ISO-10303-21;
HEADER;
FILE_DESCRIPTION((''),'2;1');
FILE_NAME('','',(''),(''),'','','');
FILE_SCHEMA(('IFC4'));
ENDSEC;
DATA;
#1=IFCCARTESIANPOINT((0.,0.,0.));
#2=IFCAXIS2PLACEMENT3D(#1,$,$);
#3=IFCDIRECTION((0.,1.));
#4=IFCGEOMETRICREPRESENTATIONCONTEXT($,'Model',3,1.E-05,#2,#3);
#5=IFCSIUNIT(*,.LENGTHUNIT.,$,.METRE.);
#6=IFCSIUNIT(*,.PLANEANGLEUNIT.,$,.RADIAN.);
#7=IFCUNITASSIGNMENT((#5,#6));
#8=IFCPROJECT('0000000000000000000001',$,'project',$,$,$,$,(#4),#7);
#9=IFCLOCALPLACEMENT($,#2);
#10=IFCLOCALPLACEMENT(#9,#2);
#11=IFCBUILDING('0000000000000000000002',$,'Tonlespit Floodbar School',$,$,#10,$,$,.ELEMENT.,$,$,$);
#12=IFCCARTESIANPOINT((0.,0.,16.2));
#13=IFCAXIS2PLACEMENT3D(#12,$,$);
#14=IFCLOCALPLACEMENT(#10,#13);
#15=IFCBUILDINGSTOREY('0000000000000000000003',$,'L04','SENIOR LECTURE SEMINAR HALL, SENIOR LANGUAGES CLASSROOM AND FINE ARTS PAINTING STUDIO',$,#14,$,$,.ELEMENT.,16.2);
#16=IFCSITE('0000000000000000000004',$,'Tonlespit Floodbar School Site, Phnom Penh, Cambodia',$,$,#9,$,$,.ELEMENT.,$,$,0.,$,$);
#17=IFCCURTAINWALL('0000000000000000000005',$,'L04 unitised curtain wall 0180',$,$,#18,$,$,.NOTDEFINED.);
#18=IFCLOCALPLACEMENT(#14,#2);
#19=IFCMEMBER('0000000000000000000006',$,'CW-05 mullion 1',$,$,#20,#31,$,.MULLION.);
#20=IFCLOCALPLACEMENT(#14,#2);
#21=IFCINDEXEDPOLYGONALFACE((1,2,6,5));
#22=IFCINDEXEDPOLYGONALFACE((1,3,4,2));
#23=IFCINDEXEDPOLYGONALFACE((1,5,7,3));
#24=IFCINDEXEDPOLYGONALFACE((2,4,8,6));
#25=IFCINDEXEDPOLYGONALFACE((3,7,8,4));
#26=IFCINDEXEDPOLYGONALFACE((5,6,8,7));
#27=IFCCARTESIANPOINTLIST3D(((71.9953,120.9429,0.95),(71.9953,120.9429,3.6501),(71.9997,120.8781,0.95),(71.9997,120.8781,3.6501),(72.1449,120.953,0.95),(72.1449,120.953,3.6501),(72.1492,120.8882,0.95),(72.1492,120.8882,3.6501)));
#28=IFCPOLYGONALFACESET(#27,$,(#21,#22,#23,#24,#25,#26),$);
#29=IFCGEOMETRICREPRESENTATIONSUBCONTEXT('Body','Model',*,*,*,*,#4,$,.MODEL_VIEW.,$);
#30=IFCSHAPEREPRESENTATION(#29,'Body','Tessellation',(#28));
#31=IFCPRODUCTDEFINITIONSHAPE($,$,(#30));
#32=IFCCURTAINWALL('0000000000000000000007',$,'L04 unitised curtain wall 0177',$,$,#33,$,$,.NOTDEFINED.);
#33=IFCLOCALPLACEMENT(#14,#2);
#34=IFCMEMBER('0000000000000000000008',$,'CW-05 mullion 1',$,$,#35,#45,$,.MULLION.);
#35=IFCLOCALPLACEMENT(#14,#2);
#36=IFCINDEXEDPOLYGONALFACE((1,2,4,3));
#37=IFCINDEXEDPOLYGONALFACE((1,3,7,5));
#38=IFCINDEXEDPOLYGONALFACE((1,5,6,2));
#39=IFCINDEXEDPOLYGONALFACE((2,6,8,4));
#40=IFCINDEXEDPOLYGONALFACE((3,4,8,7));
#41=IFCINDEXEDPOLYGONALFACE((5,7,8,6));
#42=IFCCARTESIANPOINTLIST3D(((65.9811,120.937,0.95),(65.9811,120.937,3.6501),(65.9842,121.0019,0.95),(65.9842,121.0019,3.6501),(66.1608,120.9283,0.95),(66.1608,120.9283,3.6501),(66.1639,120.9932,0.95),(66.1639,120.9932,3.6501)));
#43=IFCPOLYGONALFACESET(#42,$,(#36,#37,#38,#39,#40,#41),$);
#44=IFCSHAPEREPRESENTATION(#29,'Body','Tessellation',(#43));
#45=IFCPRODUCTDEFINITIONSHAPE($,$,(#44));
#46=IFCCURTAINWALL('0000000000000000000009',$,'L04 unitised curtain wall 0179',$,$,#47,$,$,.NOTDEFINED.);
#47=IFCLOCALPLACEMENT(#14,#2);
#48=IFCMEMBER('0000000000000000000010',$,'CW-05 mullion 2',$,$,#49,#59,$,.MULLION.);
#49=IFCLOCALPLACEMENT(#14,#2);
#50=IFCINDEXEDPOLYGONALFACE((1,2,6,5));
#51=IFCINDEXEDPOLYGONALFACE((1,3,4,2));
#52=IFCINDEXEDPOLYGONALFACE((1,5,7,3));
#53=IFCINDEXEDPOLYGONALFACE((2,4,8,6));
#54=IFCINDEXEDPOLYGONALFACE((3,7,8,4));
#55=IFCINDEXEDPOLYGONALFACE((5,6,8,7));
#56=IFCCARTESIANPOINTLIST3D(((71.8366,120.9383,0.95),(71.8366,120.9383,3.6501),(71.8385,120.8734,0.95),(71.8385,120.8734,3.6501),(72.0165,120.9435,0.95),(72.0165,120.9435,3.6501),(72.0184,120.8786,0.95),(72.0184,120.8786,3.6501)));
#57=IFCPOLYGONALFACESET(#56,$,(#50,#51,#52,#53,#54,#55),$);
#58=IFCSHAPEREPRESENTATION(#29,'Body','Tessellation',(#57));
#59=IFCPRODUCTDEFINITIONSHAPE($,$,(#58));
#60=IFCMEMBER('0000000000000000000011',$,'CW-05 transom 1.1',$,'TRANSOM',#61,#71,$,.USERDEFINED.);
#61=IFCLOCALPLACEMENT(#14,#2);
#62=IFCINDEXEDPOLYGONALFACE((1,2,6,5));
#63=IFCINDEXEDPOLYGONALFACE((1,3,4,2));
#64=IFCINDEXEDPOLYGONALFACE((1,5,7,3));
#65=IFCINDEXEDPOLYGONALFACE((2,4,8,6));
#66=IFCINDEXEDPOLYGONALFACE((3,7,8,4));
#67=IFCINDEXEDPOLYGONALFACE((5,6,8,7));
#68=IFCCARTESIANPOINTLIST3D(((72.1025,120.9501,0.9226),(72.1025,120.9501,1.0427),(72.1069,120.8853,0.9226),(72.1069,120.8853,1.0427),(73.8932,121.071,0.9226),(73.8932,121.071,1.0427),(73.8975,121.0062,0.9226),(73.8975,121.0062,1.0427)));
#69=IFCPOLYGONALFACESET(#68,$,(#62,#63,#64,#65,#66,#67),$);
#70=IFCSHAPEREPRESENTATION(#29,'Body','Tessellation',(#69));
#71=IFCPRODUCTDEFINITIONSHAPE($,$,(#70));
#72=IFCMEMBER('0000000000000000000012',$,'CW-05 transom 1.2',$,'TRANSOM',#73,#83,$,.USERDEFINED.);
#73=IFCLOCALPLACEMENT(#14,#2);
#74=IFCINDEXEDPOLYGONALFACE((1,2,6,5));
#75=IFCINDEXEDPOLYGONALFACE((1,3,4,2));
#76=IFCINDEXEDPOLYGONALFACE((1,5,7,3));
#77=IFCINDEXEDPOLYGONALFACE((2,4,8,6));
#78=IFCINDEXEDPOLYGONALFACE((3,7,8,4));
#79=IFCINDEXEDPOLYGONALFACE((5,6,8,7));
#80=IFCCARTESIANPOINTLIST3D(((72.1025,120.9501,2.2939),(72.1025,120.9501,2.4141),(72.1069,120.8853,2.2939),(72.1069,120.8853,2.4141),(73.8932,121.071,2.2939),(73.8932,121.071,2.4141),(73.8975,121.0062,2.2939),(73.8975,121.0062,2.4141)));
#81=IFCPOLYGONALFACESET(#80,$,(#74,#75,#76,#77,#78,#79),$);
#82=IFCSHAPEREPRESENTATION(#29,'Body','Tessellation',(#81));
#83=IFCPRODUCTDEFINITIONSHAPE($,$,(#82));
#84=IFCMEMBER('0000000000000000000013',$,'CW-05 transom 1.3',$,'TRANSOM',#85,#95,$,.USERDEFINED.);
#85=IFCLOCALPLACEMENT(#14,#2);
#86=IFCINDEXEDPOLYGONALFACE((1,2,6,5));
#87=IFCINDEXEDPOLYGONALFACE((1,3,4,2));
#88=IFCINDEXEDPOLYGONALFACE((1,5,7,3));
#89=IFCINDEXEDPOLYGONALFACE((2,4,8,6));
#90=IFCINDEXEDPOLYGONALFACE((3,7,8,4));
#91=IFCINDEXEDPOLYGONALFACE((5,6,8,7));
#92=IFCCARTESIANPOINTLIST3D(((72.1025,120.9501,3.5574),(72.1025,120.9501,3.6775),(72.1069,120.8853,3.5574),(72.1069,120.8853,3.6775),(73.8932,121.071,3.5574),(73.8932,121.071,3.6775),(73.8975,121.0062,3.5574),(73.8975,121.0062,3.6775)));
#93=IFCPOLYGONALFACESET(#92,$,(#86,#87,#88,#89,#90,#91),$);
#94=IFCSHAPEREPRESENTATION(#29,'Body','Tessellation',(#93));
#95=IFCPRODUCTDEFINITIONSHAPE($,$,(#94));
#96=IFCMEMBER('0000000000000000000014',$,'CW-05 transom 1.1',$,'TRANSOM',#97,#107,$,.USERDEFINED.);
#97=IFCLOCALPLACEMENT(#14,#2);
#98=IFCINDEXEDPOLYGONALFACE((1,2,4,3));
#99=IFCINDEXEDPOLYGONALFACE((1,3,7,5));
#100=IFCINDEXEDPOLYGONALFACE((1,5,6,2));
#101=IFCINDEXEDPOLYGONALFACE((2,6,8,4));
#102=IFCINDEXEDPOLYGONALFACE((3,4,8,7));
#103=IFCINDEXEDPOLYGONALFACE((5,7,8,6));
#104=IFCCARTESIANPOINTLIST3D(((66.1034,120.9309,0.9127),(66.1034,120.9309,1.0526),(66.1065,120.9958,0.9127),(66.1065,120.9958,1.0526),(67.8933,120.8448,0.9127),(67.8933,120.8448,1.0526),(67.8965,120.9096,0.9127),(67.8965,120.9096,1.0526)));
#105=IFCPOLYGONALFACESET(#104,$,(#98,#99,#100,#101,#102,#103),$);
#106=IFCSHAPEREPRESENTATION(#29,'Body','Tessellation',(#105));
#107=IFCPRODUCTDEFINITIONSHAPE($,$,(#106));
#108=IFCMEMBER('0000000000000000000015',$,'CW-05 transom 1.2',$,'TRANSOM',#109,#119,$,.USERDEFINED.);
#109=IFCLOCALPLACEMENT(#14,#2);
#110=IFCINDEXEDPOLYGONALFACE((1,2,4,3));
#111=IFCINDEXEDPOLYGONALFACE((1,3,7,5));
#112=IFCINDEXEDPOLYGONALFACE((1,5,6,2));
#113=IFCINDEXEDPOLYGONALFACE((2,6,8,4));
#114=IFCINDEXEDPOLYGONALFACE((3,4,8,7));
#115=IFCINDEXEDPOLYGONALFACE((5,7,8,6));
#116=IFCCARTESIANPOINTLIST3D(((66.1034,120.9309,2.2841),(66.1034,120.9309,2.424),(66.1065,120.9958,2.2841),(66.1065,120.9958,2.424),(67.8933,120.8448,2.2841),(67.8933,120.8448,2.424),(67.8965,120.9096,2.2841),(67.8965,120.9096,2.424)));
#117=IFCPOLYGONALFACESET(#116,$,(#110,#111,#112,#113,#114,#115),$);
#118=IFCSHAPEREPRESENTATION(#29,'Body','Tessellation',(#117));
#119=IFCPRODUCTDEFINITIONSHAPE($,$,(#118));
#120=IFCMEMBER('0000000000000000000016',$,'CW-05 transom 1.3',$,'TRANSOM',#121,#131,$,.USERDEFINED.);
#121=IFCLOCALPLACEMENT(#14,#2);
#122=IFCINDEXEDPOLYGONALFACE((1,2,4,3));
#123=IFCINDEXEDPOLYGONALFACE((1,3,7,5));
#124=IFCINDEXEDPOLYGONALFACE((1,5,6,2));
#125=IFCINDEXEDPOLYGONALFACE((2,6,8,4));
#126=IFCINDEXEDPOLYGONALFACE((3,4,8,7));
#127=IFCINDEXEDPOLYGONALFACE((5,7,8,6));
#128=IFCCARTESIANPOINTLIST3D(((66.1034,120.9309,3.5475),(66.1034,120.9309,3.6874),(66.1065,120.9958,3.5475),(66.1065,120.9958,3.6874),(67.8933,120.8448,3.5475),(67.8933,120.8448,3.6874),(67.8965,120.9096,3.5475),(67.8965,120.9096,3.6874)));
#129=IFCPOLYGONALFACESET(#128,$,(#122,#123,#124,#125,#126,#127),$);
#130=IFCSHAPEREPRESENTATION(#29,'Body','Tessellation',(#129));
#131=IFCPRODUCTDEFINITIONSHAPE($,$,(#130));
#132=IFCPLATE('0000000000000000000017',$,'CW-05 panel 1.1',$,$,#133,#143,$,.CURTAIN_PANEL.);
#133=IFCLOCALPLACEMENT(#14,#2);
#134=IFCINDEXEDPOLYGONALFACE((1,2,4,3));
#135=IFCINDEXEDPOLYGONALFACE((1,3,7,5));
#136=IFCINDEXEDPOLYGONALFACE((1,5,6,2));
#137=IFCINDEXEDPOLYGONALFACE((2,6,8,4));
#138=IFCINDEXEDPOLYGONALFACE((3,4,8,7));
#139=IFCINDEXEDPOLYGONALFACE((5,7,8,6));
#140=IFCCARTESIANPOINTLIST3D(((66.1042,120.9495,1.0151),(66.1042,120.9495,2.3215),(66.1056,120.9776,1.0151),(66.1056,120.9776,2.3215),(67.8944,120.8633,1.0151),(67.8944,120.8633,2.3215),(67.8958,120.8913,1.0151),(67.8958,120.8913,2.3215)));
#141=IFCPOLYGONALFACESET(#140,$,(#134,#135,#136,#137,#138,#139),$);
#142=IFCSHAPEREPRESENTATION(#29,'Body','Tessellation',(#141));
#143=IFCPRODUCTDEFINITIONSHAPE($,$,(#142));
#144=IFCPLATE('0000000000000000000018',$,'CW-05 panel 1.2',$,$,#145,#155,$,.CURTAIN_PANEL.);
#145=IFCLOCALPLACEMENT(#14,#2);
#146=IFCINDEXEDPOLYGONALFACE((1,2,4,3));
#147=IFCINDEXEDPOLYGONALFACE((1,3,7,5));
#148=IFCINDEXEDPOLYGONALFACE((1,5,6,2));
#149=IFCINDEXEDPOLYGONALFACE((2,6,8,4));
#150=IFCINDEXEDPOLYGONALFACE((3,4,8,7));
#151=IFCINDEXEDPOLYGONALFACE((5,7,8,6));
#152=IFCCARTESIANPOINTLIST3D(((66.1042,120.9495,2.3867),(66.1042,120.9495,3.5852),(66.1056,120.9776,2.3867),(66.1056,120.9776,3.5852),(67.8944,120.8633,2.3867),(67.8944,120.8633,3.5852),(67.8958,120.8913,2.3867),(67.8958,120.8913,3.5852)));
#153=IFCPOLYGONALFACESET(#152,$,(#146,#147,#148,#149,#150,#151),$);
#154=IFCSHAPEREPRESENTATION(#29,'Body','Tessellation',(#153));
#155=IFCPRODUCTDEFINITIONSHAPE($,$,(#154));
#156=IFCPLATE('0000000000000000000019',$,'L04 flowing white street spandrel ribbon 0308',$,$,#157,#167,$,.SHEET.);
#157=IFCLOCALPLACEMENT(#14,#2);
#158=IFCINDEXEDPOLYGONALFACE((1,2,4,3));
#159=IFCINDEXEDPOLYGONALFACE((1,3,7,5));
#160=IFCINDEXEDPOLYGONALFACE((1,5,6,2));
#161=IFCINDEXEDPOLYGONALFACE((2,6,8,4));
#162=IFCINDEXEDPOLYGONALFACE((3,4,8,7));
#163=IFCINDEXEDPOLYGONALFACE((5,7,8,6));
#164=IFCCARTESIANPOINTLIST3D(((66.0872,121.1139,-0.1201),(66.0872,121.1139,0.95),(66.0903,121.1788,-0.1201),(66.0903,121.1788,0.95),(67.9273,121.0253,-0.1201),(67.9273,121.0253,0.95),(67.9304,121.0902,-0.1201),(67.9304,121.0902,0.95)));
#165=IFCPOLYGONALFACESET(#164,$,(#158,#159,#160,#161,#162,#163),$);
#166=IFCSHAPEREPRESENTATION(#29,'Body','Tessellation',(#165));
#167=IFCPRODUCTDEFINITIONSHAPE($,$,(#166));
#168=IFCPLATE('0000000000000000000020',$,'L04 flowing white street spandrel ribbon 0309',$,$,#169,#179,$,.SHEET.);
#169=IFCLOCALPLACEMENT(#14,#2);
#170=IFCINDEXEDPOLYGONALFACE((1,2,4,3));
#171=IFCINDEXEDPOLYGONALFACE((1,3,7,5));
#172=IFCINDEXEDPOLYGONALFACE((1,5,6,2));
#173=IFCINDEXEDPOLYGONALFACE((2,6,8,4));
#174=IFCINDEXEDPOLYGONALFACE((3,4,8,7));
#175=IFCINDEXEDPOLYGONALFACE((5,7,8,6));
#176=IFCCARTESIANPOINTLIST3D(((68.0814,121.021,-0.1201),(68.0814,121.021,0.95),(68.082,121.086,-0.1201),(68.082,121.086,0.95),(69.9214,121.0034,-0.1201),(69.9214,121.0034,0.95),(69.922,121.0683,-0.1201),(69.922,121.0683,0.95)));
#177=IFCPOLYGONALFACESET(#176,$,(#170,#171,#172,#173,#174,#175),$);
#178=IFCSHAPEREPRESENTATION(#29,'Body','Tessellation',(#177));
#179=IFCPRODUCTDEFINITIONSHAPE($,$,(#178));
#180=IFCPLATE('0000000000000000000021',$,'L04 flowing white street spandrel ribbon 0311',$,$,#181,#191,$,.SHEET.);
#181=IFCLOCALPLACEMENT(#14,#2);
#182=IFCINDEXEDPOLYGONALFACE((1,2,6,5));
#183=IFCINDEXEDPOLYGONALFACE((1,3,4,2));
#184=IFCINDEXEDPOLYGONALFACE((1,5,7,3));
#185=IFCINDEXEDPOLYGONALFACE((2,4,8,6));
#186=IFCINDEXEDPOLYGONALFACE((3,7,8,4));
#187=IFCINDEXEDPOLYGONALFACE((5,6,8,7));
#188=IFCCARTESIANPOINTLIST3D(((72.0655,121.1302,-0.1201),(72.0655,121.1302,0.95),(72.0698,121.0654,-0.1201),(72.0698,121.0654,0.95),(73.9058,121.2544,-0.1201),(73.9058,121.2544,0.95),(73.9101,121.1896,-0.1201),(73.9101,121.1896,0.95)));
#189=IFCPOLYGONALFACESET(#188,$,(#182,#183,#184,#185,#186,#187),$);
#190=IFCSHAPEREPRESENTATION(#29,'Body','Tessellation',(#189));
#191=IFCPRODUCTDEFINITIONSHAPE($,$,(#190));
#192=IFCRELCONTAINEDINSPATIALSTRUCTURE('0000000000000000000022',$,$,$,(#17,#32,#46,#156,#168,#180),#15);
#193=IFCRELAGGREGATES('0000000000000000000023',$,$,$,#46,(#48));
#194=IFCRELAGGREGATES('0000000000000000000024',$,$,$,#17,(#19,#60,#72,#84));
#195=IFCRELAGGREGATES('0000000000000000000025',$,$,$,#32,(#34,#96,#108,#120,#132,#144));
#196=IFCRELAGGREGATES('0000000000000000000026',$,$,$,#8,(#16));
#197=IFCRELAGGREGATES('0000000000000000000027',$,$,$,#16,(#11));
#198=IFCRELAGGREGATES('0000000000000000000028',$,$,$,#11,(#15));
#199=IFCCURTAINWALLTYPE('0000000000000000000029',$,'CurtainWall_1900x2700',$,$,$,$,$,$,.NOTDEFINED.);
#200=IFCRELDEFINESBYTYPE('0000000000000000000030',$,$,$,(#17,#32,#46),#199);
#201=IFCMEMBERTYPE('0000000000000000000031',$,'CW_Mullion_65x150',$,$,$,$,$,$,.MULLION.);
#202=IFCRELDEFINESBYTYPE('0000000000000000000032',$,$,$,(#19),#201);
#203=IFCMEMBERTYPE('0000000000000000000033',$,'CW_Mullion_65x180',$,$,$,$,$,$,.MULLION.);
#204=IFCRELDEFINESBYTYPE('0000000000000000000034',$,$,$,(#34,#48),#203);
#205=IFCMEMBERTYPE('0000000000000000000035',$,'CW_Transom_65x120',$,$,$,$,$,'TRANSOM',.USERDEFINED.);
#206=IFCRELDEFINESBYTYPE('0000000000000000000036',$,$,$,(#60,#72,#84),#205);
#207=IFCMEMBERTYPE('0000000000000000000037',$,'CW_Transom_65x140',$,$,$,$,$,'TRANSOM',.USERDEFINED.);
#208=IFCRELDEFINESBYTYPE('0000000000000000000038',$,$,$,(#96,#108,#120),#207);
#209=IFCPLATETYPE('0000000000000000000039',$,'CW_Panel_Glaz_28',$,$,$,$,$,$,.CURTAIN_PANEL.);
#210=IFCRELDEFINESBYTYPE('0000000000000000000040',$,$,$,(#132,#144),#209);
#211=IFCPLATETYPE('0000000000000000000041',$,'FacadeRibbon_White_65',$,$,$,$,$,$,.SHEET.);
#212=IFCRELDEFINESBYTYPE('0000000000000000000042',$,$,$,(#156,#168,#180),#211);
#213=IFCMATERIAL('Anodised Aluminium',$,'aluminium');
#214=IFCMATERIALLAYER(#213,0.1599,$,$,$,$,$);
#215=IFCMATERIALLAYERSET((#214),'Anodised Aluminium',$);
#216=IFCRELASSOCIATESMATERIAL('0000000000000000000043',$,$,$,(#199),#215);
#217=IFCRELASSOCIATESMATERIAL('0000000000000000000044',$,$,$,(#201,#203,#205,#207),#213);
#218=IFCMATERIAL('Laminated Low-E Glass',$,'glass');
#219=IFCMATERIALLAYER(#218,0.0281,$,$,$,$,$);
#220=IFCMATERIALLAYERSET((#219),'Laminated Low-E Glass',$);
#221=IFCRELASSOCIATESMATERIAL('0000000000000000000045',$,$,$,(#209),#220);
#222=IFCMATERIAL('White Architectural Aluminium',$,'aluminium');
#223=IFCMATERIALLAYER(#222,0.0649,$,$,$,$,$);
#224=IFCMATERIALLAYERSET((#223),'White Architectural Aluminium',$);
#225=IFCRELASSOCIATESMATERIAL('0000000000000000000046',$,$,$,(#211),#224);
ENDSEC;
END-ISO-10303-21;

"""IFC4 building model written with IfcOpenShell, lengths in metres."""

from ifc_helpers import new_model, si_unit, direction, frame, origin, origin_2d, place, context, subcontext, project, spatial, rectangle, extrude, material, layer, layer_set, material_profile, profile_set, type_object, element, aggregate, save


model = new_model("IFC4")

# Units and contexts
model_context = context("Model", 3, precision=1e-05, world=origin(), true_north=direction((0.0, 1.0)))
body_context = subcontext(model_context, "Body", "Model", "MODEL_VIEW")
ifc_project = project(units=[si_unit("LENGTHUNIT", "METRE"), si_unit("PLANEANGLEUNIT", "RADIAN")], contexts=[model_context])

# Site, building, storey
site_placement = place(None, origin())
site = spatial("IfcSite", under=ifc_project, at=site_placement, Name="Tonlespit Floodbar School Site, Phnom Penh, Cambodia", CompositionType="ELEMENT", RefElevation=0.0)
building_placement = place(site_placement, origin())
building = spatial("IfcBuilding", under=site, at=building_placement, Name="Tonlespit Floodbar School", CompositionType="ELEMENT")
storey_placement = place(building_placement, frame((0.0, 0.0, 16.2)))
storey = spatial("IfcBuildingStorey", under=building, at=storey_placement, Name="L04", Description="SENIOR LECTURE SEMINAR HALL, SENIOR LANGUAGES CLASSROOM AND FINE ARTS PAINTING STUDIO", CompositionType="ELEMENT", Elevation=16.2)

# Curtain walls, members
ifc_material_1 = material(Name="Anodised Aluminium", Category="aluminium")
ifc_layer_1 = layer(ifc_material_1, 0.1599)
ifc_layer_set_1 = layer_set([ifc_layer_1], Name="Anodised Aluminium")
curtain_wall_type = type_object("IfcCurtainWallType", Name="CurtainWall_1900x2700", PredefinedType="NOTDEFINED", material=ifc_layer_set_1)
curtain_wall_1_placement = place(storey_placement, origin())
curtain_wall_1 = element("IfcCurtainWall", 1, at=curtain_wall_1_placement, inside=storey, type_object=curtain_wall_type, Name="L04 unitised curtain wall 0180", PredefinedType="NOTDEFINED")
ifc_material_profile_1 = material_profile(ifc_material_1, rectangle(XDim=0.0649, YDim=0.1499, at=origin_2d()), Name="ALU M65x150")
ifc_profile_set_1 = profile_set([ifc_material_profile_1], Name="Anodised Aluminium")
member_type_1 = type_object("IfcMemberType", Name="CW_Mullion_65x150", PredefinedType="MULLION", material=ifc_profile_set_1)
member_1_placement = place(storey_placement, frame((72.0723, 120.9155, 0.95), z_axis=(0.0, 0.0, 1.0), x_axis=(-0.06734, 0.99773, 0.0)))
member_1 = element("IfcMember", 2, at=member_1_placement, type_object=member_type_1, Name="CW-05 mullion 1", PredefinedType="MULLION", context=body_context, shape_type="SweptSolid", body=[
    extrude(rectangle(XDim=0.0649, YDim=0.1499, at=origin_2d()), origin(), (0.0, 0.0, 1.0), 2.7002),
])
curtain_wall_2_placement = place(storey_placement, origin())
curtain_wall_2 = element("IfcCurtainWall", 3, at=curtain_wall_2_placement, inside=storey, type_object=curtain_wall_type, Name="L04 unitised curtain wall 0177", PredefinedType="NOTDEFINED")
ifc_material_profile_2 = material_profile(ifc_material_1, rectangle(XDim=0.0649, YDim=0.1799, at=origin_2d()), Name="ALU M65x180")
ifc_profile_set_2 = profile_set([ifc_material_profile_2], Name="Anodised Aluminium")
member_type_2 = type_object("IfcMemberType", Name="CW_Mullion_65x180", PredefinedType="MULLION", material=ifc_profile_set_2)
member_2_placement = place(storey_placement, frame((66.0725, 120.9651, 0.95), z_axis=(0.0, 0.0, 1.0), x_axis=(0.048121, 0.998842, 0.0)))
member_2 = element("IfcMember", 4, at=member_2_placement, type_object=member_type_2, Name="CW-05 mullion 1", PredefinedType="MULLION", context=body_context, shape_type="SweptSolid", body=[
    extrude(rectangle(XDim=0.0649, YDim=0.1799, at=origin_2d()), origin(), (0.0, 0.0, 1.0), 2.7002),
])
curtain_wall_3_placement = place(storey_placement, origin())
curtain_wall_3 = element("IfcCurtainWall", 5, at=curtain_wall_3_placement, inside=storey, type_object=curtain_wall_type, Name="L04 unitised curtain wall 0179", PredefinedType="NOTDEFINED")
member_3_placement = place(storey_placement, frame((71.9275, 120.9084, 0.95), z_axis=(0.0, 0.0, 1.0), x_axis=(-0.02879, 0.999585, 0.0)))
member_3 = element("IfcMember", 6, at=member_3_placement, type_object=member_type_2, Name="CW-05 mullion 2", PredefinedType="MULLION", context=body_context, shape_type="SweptSolid", body=[
    extrude(rectangle(XDim=0.0649, YDim=0.1799, at=origin_2d()), origin(), (0.0, 0.0, 1.0), 2.7002),
])
aggregate(curtain_wall_3, [member_3])

# Members
ifc_material_profile_3 = material_profile(ifc_material_1, rectangle(XDim=0.0649, YDim=0.1201, at=origin_2d()), Name="ALU T65x120")
ifc_profile_set_3 = profile_set([ifc_material_profile_3], Name="Anodised Aluminium")
member_type_3 = type_object("IfcMemberType", Name="CW_Transom_65x120", ElementType="TRANSOM", PredefinedType="USERDEFINED", material=ifc_profile_set_3)
member_4_placement = place(storey_placement, frame((72.1047, 120.9177, 0.9827), z_axis=(0.99773, 0.067341, 0.0), x_axis=(-0.067341, 0.99773, 0.0)))
member_4 = element("IfcMember", 7, at=member_4_placement, type_object=member_type_3, Name="CW-05 transom 1.1", ObjectType="TRANSOM", PredefinedType="USERDEFINED", context=body_context, shape_type="SweptSolid", body=[
    extrude(rectangle(XDim=0.0649, YDim=0.1201, at=origin_2d()), origin(), (0.0, 0.0, 1.0), 1.7947),
])
member_5_placement = place(storey_placement, frame((72.1047, 120.9177, 2.354), z_axis=(0.99773, 0.067341, 0.0), x_axis=(-0.067341, 0.99773, 0.0)))
member_5 = element("IfcMember", 8, at=member_5_placement, type_object=member_type_3, Name="CW-05 transom 1.2", ObjectType="TRANSOM", PredefinedType="USERDEFINED", context=body_context, shape_type="SweptSolid", body=[
    extrude(rectangle(XDim=0.0649, YDim=0.1201, at=origin_2d()), origin(), (0.0, 0.0, 1.0), 1.7947),
])
member_6_placement = place(storey_placement, frame((72.1047, 120.9177, 3.6174), z_axis=(0.99773, 0.067341, 0.0), x_axis=(-0.067341, 0.99773, 0.0)))
member_6 = element("IfcMember", 9, at=member_6_placement, type_object=member_type_3, Name="CW-05 transom 1.3", ObjectType="TRANSOM", PredefinedType="USERDEFINED", context=body_context, shape_type="SweptSolid", body=[
    extrude(rectangle(XDim=0.0649, YDim=0.1201, at=origin_2d()), origin(), (0.0, 0.0, 1.0), 1.7947),
])
aggregate(curtain_wall_1, [member_1, member_4, member_5, member_6])
ifc_material_profile_4 = material_profile(ifc_material_1, rectangle(XDim=0.0649, YDim=0.1399, at=origin_2d()), Name="ALU T65x140")
ifc_profile_set_4 = profile_set([ifc_material_profile_4], Name="Anodised Aluminium")
member_type_4 = type_object("IfcMemberType", Name="CW_Transom_65x140", ElementType="TRANSOM", PredefinedType="USERDEFINED", material=ifc_profile_set_4)
member_7_placement = place(storey_placement, frame((66.105, 120.9634, 0.9827), z_axis=(0.998843, -0.048089, 0.0), x_axis=(0.048089, 0.998843, 0.0)))
member_7 = element("IfcMember", 10, at=member_7_placement, type_object=member_type_4, Name="CW-05 transom 1.1", ObjectType="TRANSOM", PredefinedType="USERDEFINED", context=body_context, shape_type="SweptSolid", body=[
    extrude(rectangle(XDim=0.0649, YDim=0.1399, at=origin_2d()), origin(), (0.0, 0.0, 1.0), 1.792),
])
member_8_placement = place(storey_placement, frame((66.105, 120.9634, 2.354), z_axis=(0.998843, -0.048089, 0.0), x_axis=(0.048089, 0.998843, 0.0)))
member_8 = element("IfcMember", 11, at=member_8_placement, type_object=member_type_4, Name="CW-05 transom 1.2", ObjectType="TRANSOM", PredefinedType="USERDEFINED", context=body_context, shape_type="SweptSolid", body=[
    extrude(rectangle(XDim=0.0649, YDim=0.1399, at=origin_2d()), origin(), (0.0, 0.0, 1.0), 1.792),
])
member_9_placement = place(storey_placement, frame((66.105, 120.9634, 3.6174), z_axis=(0.998843, -0.048089, 0.0), x_axis=(0.048089, 0.998843, 0.0)))
member_9 = element("IfcMember", 12, at=member_9_placement, type_object=member_type_4, Name="CW-05 transom 1.3", ObjectType="TRANSOM", PredefinedType="USERDEFINED", context=body_context, shape_type="SweptSolid", body=[
    extrude(rectangle(XDim=0.0649, YDim=0.1399, at=origin_2d()), origin(), (0.0, 0.0, 1.0), 1.792),
])

# Plates
ifc_material_2 = material(Name="Laminated Low-E Glass", Category="glass")
ifc_layer_2 = layer(ifc_material_2, 0.0281)
ifc_layer_set_2 = layer_set([ifc_layer_2], Name="Laminated Low-E Glass")
plate_type_1 = type_object("IfcPlateType", Name="CW_Panel_Glaz_28", PredefinedType="CURTAIN_PANEL", material=ifc_layer_set_2)
plate_1_placement = place(storey_placement, frame((67.0, 120.9204, 1.0151), z_axis=(0.0, 0.0, 1.0), x_axis=(0.998842, -0.048121, 0.0)))
plate_1 = element("IfcPlate", 13, at=plate_1_placement, type_object=plate_type_1, Name="CW-05 panel 1.1", PredefinedType="CURTAIN_PANEL", context=body_context, shape_type="SweptSolid", body=[
    extrude(rectangle(XDim=1.7922, YDim=0.0281, at=origin_2d()), origin(), (0.0, 0.0, 1.0), 1.3064),
])
plate_2_placement = place(storey_placement, frame((67.0, 120.9204, 2.3867), z_axis=(0.0, 0.0, 1.0), x_axis=(0.998842, -0.048121, 0.0)))
plate_2 = element("IfcPlate", 14, at=plate_2_placement, type_object=plate_type_1, Name="CW-05 panel 1.2", PredefinedType="CURTAIN_PANEL", context=body_context, shape_type="SweptSolid", body=[
    extrude(rectangle(XDim=1.7922, YDim=0.0281, at=origin_2d()), origin(), (0.0, 0.0, 1.0), 1.1985),
])
aggregate(curtain_wall_2, [member_2, member_7, member_8, member_9, plate_1, plate_2])

# Plates
ifc_material_3 = material(Name="White Architectural Aluminium", Category="aluminium")
ifc_layer_3 = layer(ifc_material_3, 0.0649)
ifc_layer_set_3 = layer_set([ifc_layer_3], Name="White Architectural Aluminium")
plate_type_2 = type_object("IfcPlateType", Name="FacadeRibbon_White_65", PredefinedType="SHEET", material=ifc_layer_set_3)
plate_3_placement = place(storey_placement, frame((67.0088, 121.1021, -0.1201), z_axis=(0.0, 0.0, 1.0), x_axis=(0.998843, -0.048095, 0.0)))
element("IfcPlate", 15, at=plate_3_placement, inside=storey, type_object=plate_type_2, Name="L04 flowing white street spandrel ribbon 0308", PredefinedType="SHEET", context=body_context, shape_type="SweptSolid", body=[
    extrude(rectangle(XDim=1.8423, YDim=0.0649, at=origin_2d()), origin(), (0.0, 0.0, 1.0), 1.0701),
])
plate_4_placement = place(storey_placement, frame((69.0017, 121.0447, -0.1201), z_axis=(0.0, 0.0, 1.0), x_axis=(0.999954, -0.009599, 0.0)))
element("IfcPlate", 16, at=plate_4_placement, inside=storey, type_object=plate_type_2, Name="L04 flowing white street spandrel ribbon 0309", PredefinedType="SHEET", context=body_context, shape_type="SweptSolid", body=[
    extrude(rectangle(XDim=1.8401, YDim=0.0649, at=origin_2d()), origin(), (0.0, 0.0, 1.0), 1.0701),
])
plate_5_placement = place(storey_placement, frame((72.9878, 121.1599, -0.1201), z_axis=(0.0, 0.0, 1.0), x_axis=(0.99773, 0.067347, 0.0)))
element("IfcPlate", 17, at=plate_5_placement, inside=storey, type_object=plate_type_2, Name="L04 flowing white street spandrel ribbon 0311", PredefinedType="SHEET", context=body_context, shape_type="SweptSolid", body=[
    extrude(rectangle(XDim=1.8445, YDim=0.0649, at=origin_2d()), origin(), (0.0, 0.0, 1.0), 1.0701),
])

save(model, "model.ifc")
